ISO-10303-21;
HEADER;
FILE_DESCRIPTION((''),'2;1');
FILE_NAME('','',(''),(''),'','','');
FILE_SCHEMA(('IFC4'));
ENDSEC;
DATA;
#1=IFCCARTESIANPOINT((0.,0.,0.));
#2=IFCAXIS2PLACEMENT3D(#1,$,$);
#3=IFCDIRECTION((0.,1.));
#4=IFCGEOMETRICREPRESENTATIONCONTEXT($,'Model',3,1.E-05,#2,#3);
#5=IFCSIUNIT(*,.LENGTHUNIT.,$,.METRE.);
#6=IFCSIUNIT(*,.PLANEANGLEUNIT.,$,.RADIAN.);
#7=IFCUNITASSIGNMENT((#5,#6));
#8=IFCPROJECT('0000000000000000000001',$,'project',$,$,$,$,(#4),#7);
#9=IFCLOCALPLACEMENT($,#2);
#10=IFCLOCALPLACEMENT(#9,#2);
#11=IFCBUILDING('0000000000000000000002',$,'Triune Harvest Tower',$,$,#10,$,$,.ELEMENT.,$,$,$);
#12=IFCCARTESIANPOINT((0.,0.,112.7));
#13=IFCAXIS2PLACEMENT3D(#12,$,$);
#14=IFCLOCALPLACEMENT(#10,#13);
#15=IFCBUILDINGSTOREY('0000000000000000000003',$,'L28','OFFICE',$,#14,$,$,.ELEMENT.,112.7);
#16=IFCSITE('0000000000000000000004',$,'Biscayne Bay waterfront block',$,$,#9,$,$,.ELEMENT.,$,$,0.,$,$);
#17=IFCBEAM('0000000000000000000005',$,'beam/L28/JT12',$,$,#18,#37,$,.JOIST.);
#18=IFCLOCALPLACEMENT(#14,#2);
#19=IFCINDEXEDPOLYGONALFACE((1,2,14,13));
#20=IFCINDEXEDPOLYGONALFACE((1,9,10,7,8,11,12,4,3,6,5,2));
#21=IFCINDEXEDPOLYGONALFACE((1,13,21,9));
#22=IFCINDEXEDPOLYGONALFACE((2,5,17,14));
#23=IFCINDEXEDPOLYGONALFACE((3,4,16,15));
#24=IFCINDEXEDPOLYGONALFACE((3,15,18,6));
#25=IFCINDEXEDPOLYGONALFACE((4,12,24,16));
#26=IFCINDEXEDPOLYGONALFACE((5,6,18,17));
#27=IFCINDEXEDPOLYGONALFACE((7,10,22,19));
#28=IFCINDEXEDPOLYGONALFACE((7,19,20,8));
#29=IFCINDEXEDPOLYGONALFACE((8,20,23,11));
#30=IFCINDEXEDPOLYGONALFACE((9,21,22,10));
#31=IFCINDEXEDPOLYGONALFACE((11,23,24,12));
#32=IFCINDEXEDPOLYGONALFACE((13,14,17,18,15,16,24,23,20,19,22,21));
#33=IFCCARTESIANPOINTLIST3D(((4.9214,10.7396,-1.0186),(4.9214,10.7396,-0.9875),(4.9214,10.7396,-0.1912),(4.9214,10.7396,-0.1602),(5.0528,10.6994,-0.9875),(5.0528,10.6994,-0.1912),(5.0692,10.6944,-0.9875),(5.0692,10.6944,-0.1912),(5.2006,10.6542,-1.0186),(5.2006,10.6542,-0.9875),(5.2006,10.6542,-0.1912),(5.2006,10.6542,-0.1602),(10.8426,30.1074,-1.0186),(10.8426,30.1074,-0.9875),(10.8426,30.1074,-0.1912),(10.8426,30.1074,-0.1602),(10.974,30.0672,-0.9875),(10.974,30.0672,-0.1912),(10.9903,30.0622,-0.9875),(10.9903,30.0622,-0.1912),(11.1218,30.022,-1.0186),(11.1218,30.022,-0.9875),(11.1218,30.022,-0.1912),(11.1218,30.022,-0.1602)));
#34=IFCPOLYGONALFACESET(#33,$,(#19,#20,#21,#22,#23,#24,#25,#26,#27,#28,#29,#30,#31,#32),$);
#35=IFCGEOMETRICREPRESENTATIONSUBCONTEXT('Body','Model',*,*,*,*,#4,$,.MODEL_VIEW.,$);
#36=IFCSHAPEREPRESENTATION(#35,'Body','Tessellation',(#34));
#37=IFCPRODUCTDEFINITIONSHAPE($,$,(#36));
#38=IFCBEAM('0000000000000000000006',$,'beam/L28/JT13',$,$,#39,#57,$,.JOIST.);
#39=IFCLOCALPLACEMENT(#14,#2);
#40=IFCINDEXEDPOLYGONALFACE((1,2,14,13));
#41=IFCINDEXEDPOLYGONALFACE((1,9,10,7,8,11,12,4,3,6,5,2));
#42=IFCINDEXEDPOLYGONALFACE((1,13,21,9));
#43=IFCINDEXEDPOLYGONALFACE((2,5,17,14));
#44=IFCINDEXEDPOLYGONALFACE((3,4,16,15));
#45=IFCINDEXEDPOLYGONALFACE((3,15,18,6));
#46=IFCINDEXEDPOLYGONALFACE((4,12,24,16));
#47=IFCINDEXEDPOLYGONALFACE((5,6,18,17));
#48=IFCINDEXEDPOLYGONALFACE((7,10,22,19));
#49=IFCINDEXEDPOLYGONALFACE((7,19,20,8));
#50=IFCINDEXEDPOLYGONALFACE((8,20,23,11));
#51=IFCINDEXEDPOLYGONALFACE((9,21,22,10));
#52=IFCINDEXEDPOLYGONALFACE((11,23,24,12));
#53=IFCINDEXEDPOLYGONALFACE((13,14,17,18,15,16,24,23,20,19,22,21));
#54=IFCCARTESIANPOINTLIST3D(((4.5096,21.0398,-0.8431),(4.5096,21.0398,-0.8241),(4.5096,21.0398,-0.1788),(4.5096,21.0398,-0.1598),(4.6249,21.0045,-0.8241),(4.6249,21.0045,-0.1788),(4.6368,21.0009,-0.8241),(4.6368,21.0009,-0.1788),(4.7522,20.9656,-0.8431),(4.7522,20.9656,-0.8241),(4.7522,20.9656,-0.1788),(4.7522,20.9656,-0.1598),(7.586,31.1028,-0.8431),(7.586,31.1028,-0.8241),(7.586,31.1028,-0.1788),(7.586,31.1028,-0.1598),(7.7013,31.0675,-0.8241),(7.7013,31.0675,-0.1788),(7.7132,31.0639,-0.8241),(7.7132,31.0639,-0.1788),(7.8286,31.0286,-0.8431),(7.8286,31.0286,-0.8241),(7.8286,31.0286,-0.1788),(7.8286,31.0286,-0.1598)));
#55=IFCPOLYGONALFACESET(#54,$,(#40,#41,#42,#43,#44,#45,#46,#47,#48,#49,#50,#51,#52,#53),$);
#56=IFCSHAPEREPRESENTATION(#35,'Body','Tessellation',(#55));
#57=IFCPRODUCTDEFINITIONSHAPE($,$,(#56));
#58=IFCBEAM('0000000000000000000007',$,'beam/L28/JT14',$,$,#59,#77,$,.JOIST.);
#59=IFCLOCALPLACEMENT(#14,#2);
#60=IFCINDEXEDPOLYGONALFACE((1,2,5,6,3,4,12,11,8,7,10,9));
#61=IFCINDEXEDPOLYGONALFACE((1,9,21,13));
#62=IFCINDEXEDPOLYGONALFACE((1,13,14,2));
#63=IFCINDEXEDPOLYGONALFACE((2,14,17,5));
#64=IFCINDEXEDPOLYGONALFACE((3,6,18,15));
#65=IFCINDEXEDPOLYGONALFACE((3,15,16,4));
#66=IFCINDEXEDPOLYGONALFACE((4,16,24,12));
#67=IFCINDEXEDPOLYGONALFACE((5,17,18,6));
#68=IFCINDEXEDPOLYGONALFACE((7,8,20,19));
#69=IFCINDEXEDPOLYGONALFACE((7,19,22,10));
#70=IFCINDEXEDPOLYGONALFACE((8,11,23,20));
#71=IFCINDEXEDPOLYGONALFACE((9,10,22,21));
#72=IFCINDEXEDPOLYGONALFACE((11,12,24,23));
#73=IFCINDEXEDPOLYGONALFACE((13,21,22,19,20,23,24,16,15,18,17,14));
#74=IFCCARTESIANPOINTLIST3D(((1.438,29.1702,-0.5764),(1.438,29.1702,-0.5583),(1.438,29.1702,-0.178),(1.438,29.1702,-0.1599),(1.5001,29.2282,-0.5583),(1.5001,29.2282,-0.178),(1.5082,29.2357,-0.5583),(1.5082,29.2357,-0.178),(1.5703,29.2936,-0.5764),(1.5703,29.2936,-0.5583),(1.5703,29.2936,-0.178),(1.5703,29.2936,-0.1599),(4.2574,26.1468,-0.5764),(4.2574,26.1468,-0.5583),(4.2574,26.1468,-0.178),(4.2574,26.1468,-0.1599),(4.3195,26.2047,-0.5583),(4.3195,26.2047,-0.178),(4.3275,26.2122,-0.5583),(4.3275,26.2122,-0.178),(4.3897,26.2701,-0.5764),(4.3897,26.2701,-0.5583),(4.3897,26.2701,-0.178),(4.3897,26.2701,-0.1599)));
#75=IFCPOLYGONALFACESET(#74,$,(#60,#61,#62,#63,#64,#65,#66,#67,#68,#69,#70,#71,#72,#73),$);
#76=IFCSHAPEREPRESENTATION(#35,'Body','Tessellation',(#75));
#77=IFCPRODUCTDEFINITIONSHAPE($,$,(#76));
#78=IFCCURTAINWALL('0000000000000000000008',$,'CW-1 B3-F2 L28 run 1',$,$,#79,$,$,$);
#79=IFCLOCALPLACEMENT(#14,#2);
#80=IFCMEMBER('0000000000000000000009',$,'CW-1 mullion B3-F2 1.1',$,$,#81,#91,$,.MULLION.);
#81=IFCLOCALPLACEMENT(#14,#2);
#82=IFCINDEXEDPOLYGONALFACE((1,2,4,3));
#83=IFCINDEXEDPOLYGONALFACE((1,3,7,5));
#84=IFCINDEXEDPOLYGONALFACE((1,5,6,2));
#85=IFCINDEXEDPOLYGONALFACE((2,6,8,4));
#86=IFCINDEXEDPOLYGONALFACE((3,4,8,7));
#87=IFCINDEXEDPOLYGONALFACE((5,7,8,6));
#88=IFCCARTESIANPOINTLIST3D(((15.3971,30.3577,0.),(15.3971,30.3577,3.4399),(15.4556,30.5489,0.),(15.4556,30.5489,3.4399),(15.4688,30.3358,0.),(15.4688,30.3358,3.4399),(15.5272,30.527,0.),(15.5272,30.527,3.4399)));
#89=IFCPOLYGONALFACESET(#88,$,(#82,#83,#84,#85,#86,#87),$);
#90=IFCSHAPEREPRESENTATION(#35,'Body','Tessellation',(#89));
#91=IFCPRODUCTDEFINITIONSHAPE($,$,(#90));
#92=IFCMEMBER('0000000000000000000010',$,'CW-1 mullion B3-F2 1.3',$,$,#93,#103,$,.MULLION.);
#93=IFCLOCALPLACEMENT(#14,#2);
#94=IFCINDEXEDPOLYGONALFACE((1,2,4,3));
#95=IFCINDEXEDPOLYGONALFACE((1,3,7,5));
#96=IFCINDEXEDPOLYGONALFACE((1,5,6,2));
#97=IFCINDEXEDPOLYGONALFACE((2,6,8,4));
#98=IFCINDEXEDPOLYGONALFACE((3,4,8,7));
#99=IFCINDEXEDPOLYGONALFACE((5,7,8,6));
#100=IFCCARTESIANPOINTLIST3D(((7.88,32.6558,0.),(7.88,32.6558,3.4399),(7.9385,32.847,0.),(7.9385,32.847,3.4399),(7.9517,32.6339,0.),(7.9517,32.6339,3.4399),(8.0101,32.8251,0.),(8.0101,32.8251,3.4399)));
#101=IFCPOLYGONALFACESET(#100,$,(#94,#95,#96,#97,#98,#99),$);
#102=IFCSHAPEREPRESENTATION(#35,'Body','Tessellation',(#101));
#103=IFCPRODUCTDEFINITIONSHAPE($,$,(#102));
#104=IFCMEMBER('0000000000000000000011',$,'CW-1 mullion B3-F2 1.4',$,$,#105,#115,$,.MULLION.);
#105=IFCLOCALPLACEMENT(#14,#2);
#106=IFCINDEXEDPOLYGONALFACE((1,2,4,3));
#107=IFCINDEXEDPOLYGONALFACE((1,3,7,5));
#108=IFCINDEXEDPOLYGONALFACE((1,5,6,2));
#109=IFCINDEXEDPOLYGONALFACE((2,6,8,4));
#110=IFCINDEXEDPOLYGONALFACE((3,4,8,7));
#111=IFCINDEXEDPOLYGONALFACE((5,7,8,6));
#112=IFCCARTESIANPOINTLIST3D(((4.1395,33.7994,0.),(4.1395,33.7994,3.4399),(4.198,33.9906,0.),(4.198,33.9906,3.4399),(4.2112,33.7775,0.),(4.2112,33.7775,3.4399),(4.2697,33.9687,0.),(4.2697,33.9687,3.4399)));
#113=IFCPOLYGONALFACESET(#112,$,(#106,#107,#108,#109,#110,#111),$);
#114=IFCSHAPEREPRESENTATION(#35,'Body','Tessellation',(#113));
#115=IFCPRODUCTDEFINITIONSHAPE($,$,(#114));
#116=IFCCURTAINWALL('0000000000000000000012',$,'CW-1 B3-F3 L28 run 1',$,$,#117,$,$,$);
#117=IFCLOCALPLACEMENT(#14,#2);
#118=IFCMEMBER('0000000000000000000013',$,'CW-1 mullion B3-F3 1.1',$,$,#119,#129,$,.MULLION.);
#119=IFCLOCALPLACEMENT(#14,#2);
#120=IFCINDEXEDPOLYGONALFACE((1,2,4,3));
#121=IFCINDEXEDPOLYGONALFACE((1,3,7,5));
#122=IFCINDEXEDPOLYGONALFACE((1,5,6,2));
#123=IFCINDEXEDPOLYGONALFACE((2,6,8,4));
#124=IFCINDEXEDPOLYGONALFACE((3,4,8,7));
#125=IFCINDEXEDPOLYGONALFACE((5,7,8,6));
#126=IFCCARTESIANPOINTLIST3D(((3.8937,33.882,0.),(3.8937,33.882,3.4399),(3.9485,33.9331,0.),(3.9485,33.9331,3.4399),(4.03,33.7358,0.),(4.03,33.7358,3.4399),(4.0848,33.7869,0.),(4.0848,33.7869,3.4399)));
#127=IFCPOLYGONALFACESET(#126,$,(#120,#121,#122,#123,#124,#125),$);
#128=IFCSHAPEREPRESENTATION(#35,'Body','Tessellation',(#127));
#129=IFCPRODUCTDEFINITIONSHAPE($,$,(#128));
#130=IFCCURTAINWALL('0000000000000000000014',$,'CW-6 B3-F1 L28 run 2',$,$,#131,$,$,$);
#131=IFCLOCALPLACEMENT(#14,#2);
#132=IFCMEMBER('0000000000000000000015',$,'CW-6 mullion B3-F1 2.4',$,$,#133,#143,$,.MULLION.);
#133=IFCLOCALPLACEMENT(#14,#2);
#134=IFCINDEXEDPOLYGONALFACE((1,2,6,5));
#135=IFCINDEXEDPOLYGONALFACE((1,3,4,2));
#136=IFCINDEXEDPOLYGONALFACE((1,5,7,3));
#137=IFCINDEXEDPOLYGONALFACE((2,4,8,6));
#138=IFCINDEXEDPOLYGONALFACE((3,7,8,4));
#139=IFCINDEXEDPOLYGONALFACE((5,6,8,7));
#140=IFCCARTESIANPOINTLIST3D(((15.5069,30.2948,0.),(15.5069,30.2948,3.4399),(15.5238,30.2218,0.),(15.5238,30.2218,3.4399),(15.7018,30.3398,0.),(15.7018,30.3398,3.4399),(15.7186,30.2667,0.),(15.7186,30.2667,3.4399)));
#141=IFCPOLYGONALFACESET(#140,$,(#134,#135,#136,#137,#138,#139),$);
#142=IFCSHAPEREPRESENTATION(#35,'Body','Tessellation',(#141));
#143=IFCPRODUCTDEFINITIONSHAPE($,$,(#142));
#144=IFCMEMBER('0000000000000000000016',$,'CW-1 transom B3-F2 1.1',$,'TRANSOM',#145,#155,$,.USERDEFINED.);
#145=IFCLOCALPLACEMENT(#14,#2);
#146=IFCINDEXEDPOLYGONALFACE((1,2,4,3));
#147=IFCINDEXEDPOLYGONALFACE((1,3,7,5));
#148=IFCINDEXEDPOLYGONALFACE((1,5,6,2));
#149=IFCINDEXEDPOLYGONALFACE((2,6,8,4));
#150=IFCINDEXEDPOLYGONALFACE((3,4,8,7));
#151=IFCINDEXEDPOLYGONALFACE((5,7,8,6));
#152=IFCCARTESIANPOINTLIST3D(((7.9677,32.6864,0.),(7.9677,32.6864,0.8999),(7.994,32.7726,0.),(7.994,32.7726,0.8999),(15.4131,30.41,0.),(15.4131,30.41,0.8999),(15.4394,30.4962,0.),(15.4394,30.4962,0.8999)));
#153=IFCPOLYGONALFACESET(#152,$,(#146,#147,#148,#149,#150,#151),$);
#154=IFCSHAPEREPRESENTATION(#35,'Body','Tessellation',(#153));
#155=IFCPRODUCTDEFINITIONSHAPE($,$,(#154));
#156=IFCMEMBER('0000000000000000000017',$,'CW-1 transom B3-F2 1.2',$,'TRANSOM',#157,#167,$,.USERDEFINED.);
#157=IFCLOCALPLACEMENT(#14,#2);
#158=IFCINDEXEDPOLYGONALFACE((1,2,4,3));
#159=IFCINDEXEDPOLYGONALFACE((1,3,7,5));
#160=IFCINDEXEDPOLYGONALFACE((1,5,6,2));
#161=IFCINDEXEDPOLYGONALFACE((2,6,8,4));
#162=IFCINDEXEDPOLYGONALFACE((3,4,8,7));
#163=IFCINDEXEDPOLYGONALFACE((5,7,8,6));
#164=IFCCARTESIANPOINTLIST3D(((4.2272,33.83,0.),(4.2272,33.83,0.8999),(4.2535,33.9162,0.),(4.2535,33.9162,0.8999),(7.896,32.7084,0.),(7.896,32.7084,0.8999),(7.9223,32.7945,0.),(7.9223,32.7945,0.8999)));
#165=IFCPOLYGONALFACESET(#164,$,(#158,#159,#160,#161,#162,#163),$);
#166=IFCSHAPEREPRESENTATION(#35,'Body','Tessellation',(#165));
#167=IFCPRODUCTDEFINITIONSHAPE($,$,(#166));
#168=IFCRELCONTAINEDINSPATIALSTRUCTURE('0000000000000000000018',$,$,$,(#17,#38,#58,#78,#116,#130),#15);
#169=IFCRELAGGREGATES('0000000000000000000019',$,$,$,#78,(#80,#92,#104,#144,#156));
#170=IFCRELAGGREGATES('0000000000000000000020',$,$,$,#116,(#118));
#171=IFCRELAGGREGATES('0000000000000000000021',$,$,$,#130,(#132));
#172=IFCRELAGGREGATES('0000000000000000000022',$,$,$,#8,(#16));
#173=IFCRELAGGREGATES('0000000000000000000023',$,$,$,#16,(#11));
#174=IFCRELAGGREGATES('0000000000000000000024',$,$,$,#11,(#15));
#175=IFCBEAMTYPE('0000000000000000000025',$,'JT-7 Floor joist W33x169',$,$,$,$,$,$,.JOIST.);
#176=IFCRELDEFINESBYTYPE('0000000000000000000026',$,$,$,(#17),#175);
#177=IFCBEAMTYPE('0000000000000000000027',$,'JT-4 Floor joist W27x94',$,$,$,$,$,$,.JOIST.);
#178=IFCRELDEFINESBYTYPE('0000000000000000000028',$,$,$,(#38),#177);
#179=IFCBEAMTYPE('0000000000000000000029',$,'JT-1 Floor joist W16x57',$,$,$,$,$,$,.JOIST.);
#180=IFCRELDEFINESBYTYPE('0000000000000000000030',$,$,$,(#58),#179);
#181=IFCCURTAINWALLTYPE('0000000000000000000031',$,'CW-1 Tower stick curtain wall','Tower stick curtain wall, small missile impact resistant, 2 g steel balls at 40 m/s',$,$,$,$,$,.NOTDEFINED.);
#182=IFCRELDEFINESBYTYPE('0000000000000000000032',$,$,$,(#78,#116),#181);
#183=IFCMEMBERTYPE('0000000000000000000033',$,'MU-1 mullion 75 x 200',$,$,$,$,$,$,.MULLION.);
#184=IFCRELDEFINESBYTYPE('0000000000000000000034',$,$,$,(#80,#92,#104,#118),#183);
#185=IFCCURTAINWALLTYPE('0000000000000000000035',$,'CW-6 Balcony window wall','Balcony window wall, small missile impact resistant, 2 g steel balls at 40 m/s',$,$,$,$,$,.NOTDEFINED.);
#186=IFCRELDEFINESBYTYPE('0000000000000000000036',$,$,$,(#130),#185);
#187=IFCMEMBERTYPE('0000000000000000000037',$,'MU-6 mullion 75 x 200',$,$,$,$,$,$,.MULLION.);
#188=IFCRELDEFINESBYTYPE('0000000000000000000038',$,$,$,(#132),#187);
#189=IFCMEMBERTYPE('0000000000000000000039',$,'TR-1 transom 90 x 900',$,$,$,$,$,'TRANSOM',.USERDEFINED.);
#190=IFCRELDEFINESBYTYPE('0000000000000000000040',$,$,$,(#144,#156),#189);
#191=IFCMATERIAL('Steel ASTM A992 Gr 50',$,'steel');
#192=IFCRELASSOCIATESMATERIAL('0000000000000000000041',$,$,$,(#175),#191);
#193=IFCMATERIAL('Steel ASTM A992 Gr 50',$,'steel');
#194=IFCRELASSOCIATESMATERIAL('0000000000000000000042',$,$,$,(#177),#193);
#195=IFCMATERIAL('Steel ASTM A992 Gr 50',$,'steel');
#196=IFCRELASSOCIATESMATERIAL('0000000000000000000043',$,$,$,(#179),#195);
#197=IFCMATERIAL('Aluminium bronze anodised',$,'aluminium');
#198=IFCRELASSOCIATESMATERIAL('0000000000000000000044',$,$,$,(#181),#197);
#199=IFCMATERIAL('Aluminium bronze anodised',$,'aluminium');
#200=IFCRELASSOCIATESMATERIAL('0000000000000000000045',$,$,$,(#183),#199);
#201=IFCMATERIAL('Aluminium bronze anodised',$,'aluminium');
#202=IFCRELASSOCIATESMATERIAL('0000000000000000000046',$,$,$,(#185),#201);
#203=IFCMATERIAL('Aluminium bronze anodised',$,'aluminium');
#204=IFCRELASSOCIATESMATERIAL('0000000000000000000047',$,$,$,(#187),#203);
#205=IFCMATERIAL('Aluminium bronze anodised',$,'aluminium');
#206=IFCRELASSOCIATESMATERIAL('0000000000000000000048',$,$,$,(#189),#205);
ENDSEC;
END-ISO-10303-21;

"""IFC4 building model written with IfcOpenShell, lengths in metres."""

from ifc_helpers import new_model, si_unit, direction, frame, origin, origin_2d, place, context, subcontext, project, spatial, rectangle, i_section, extrude, source, transform, mapped, material, material_profile, profile_set, type_object, element, aggregate, save


model = new_model("IFC4")

# Units and contexts
model_context = context("Model", 3, precision=1e-05, world=origin(), true_north=direction((0.0, 1.0)))
body_context = subcontext(model_context, "Body", "Model", "MODEL_VIEW")
ifc_project = project(units=[si_unit("LENGTHUNIT", "METRE"), si_unit("PLANEANGLEUNIT", "RADIAN")], contexts=[model_context])

# Site, building, storey
site_placement = place(None, origin())
site = spatial("IfcSite", under=ifc_project, at=site_placement, Name="Biscayne Bay waterfront block", CompositionType="ELEMENT", RefElevation=0.0)
building_placement = place(site_placement, origin())
building = spatial("IfcBuilding", under=site, at=building_placement, Name="Triune Harvest Tower", CompositionType="ELEMENT")
storey_placement = place(building_placement, frame((0.0, 0.0, 112.7)))
storey = spatial("IfcBuildingStorey", under=building, at=storey_placement, Name="L28", Description="OFFICE", CompositionType="ELEMENT", Elevation=112.7)

# Beams
ifc_material_1 = material(Name="Steel ASTM A992 Gr 50", Category="steel")
ifc_material_profile_1 = material_profile(ifc_material_1, i_section(OverallWidth=0.292, OverallDepth=0.8584, WebThickness=0.0171, FlangeThickness=0.031, at=origin_2d()), Name="W33x169")
ifc_profile_set_1 = profile_set([ifc_material_profile_1], Name="Steel ASTM A992 Gr 50")
beam_type_1 = type_object("IfcBeamType", Name="JT-7 Floor joist W33x169", PredefinedType="JOIST", material=ifc_profile_set_1)
shared_shape_1 = source(origin(), body_context, "Body", "SweptSolid", [
    extrude(i_section(OverallWidth=0.292, OverallDepth=0.8584, WebThickness=0.0171, FlangeThickness=0.031, at=origin_2d()), origin(), (0.0, 0.0, 1.0), 20.2527),
])
beam_1_placement = place(storey_placement, frame((10.9822, 30.0647, -0.5894), z_axis=(-0.292365, -0.956307, 0.0), x_axis=(0.956307, -0.292365, 0.0)))
element("IfcBeam", 1, at=beam_1_placement, inside=storey, type_object=beam_type_1, Name="beam/L28/JT12", PredefinedType="JOIST", context=body_context, shape_type="MappedRepresentation", body=[
    mapped(shared_shape_1, transform((0.0, 0.0, 0.0), scale=1.0)),
])
ifc_material_2 = material(Name="Steel ASTM A992 Gr 50", Category="steel")
ifc_material_profile_2 = material_profile(ifc_material_2, i_section(OverallWidth=0.2537, OverallDepth=0.6833, WebThickness=0.0125, FlangeThickness=0.019, at=origin_2d()), Name="W27x94")
ifc_profile_set_2 = profile_set([ifc_material_profile_2], Name="Steel ASTM A992 Gr 50")
beam_type_2 = type_object("IfcBeamType", Name="JT-4 Floor joist W27x94", PredefinedType="JOIST", material=ifc_profile_set_2)
shared_shape_2 = source(origin(), body_context, "Body", "SweptSolid", [
    extrude(i_section(OverallWidth=0.2537, OverallDepth=0.6833, WebThickness=0.0125, FlangeThickness=0.019, at=origin_2d()), origin(), (0.0, 0.0, 1.0), 10.5227),
])
beam_2_placement = place(storey_placement, frame((7.7073, 31.0657, -0.5015), z_axis=(-0.292359, -0.956309, 0.0), x_axis=(0.956309, -0.292359, 0.0)))
element("IfcBeam", 2, at=beam_2_placement, inside=storey, type_object=beam_type_2, Name="beam/L28/JT13", PredefinedType="JOIST", context=body_context, shape_type="MappedRepresentation", body=[
    mapped(shared_shape_2, transform((0.0, 0.0, 0.0), scale=1.0)),
])
ifc_material_3 = material(Name="Steel ASTM A992 Gr 50", Category="steel")
ifc_material_profile_3 = material_profile(ifc_material_3, i_section(OverallWidth=0.1809, OverallDepth=0.4165, WebThickness=0.011, FlangeThickness=0.0181, at=origin_2d()), Name="W16x57")
ifc_profile_set_3 = profile_set([ifc_material_profile_3], Name="Steel ASTM A992 Gr 50")
beam_type_3 = type_object("IfcBeamType", Name="JT-1 Floor joist W16x57", PredefinedType="JOIST", material=ifc_profile_set_3)
shared_shape_3 = source(origin(), body_context, "Body", "SweptSolid", [
    extrude(i_section(OverallWidth=0.1809, OverallDepth=0.4165, WebThickness=0.011, FlangeThickness=0.0181, at=origin_2d()), origin(), (0.0, 0.0, 1.0), 4.134),
])
beam_3_placement = place(storey_placement, frame((1.5042, 29.2319, -0.3682), z_axis=(0.68199, -0.731362, 0.0), x_axis=(0.731362, 0.68199, 0.0)))
element("IfcBeam", 3, at=beam_3_placement, inside=storey, type_object=beam_type_3, Name="beam/L28/JT14", PredefinedType="JOIST", context=body_context, shape_type="MappedRepresentation", body=[
    mapped(shared_shape_3, transform((0.0, 0.0, 0.0), scale=1.0)),
])

# Curtain wall, members
ifc_material_4 = material(Name="Aluminium bronze anodised", Category="aluminium")
curtain_wall_type_1 = type_object("IfcCurtainWallType", Name="CW-1 Tower stick curtain wall", Description="Tower stick curtain wall, small missile impact resistant, 2 g steel balls at 40 m/s", PredefinedType="NOTDEFINED", material=ifc_material_4)
curtain_wall_1_placement = place(storey_placement, origin())
curtain_wall_1 = element("IfcCurtainWall", 4, at=curtain_wall_1_placement, inside=storey, type_object=curtain_wall_type_1, Name="CW-1 B3-F2 L28 run 1")
ifc_material_5 = material(Name="Aluminium bronze anodised", Category="aluminium")
ifc_material_profile_4 = material_profile(ifc_material_5, rectangle(XDim=0.2, YDim=0.075, at=origin_2d()), Name="MU-1 mullion 75 x 200")
ifc_profile_set_4 = profile_set([ifc_material_profile_4], Name="Aluminium bronze anodised")
member_type_1 = type_object("IfcMemberType", Name="MU-1 mullion 75 x 200", PredefinedType="MULLION", material=ifc_profile_set_4)
shared_shape_4 = source(origin(), body_context, "Body", "SweptSolid", [
    extrude(rectangle(XDim=0.2, YDim=0.075, at=origin_2d()), origin(), (0.0, 0.0, 1.0), 3.4399),
])
member_1_placement = place(storey_placement, frame((15.4622, 30.4424, 0.0), z_axis=(0.0, 0.0, 1.0), x_axis=(-0.292377, -0.956303, 0.0)))
member_1 = element("IfcMember", 5, at=member_1_placement, type_object=member_type_1, Name="CW-1 mullion B3-F2 1.1", PredefinedType="MULLION", context=body_context, shape_type="MappedRepresentation", body=[
    mapped(shared_shape_4, transform((0.0, 0.0, 0.0), scale=1.0)),
])
member_2_placement = place(storey_placement, frame((7.9451, 32.7405, 0.0), z_axis=(0.0, 0.0, 1.0), x_axis=(-0.292377, -0.956303, 0.0)))
member_2 = element("IfcMember", 6, at=member_2_placement, type_object=member_type_1, Name="CW-1 mullion B3-F2 1.3", PredefinedType="MULLION", context=body_context, shape_type="MappedRepresentation", body=[
    mapped(shared_shape_4, transform((0.0, 0.0, 0.0), scale=1.0)),
])
member_3_placement = place(storey_placement, frame((4.2046, 33.884, 0.0), z_axis=(0.0, 0.0, 1.0), x_axis=(-0.292377, -0.956303, 0.0)))
member_3 = element("IfcMember", 7, at=member_3_placement, type_object=member_type_1, Name="CW-1 mullion B3-F2 1.4", PredefinedType="MULLION", context=body_context, shape_type="MappedRepresentation", body=[
    mapped(shared_shape_4, transform((0.0, 0.0, 0.0), scale=1.0)),
])

# Curtain walls, members
curtain_wall_2_placement = place(storey_placement, origin())
curtain_wall_2 = element("IfcCurtainWall", 8, at=curtain_wall_2_placement, inside=storey, type_object=curtain_wall_type_1, Name="CW-1 B3-F3 L28 run 1")
member_4_placement = place(storey_placement, frame((3.9893, 33.8345, 0.0), z_axis=(0.0, 0.0, 1.0), x_axis=(0.681998, -0.731354, 0.0)))
member_4 = element("IfcMember", 9, at=member_4_placement, type_object=member_type_1, Name="CW-1 mullion B3-F3 1.1", PredefinedType="MULLION", context=body_context, shape_type="MappedRepresentation", body=[
    mapped(shared_shape_4, transform((0.0, 0.0, 0.0), scale=1.0)),
])
ifc_material_6 = material(Name="Aluminium bronze anodised", Category="aluminium")
curtain_wall_type_2 = type_object("IfcCurtainWallType", Name="CW-6 Balcony window wall", Description="Balcony window wall, small missile impact resistant, 2 g steel balls at 40 m/s", PredefinedType="NOTDEFINED", material=ifc_material_6)
curtain_wall_3_placement = place(storey_placement, origin())
curtain_wall_3 = element("IfcCurtainWall", 10, at=curtain_wall_3_placement, inside=storey, type_object=curtain_wall_type_2, Name="CW-6 B3-F1 L28 run 2")
ifc_material_7 = material(Name="Aluminium bronze anodised", Category="aluminium")
ifc_material_profile_5 = material_profile(ifc_material_7, rectangle(XDim=0.2, YDim=0.075, at=origin_2d()), Name="MU-6 mullion 75 x 200")
ifc_profile_set_5 = profile_set([ifc_material_profile_5], Name="Aluminium bronze anodised")
member_type_2 = type_object("IfcMemberType", Name="MU-6 mullion 75 x 200", PredefinedType="MULLION", material=ifc_profile_set_5)
shared_shape_5 = source(origin(), body_context, "Body", "SweptSolid", [
    extrude(rectangle(XDim=0.2, YDim=0.075, at=origin_2d()), origin(), (0.0, 0.0, 1.0), 3.4399),
])
member_5_placement = place(storey_placement, frame((15.6128, 30.2808, 0.0), z_axis=(0.0, 0.0, 1.0), x_axis=(-0.97437, -0.224951, 0.0)))
member_5 = element("IfcMember", 11, at=member_5_placement, type_object=member_type_2, Name="CW-6 mullion B3-F1 2.4", PredefinedType="MULLION", context=body_context, shape_type="MappedRepresentation", body=[
    mapped(shared_shape_5, transform((0.0, 0.0, 0.0), scale=1.0)),
])

# Members
ifc_material_8 = material(Name="Aluminium bronze anodised", Category="aluminium")
ifc_material_profile_6 = material_profile(ifc_material_8, rectangle(XDim=0.0901, YDim=0.8999, at=origin_2d()), Name="TR-1 transom 90 x 900")
ifc_profile_set_6 = profile_set([ifc_material_profile_6], Name="Aluminium bronze anodised")
member_type_3 = type_object("IfcMemberType", Name="TR-1 transom 90 x 900", ElementType="TRANSOM", PredefinedType="USERDEFINED", material=ifc_profile_set_6)
shared_shape_6 = source(origin(), body_context, "Body", "SweptSolid", [
    extrude(rectangle(XDim=0.0901, YDim=0.8999, at=origin_2d()), origin(), (0.0, 0.0, 1.0), 7.7856),
])
member_6_placement = place(storey_placement, frame((15.4263, 30.4531, 0.45), z_axis=(-0.956301, 0.292384, 0.0), x_axis=(-0.292384, -0.956301, 0.0)))
member_6 = element("IfcMember", 12, at=member_6_placement, type_object=member_type_3, Name="CW-1 transom B3-F2 1.1", ObjectType="TRANSOM", PredefinedType="USERDEFINED", context=body_context, shape_type="MappedRepresentation", body=[
    mapped(shared_shape_6, transform((0.0, 0.0, 0.0), scale=1.0)),
])
shared_shape_7 = source(origin(), body_context, "Body", "SweptSolid", [
    extrude(rectangle(XDim=0.0901, YDim=0.8999, at=origin_2d()), origin(), (0.0, 0.0, 1.0), 3.8364),
])
member_7_placement = place(storey_placement, frame((7.9092, 32.7515, 0.45), z_axis=(-0.956309, 0.292359, 0.0), x_axis=(-0.292359, -0.956309, 0.0)))
member_7 = element("IfcMember", 13, at=member_7_placement, type_object=member_type_3, Name="CW-1 transom B3-F2 1.2", ObjectType="TRANSOM", PredefinedType="USERDEFINED", context=body_context, shape_type="MappedRepresentation", body=[
    mapped(shared_shape_7, transform((0.0, 0.0, 0.0), scale=1.0)),
])

aggregate(curtain_wall_1, [member_1, member_2, member_3, member_6, member_7])
aggregate(curtain_wall_2, [member_4])
aggregate(curtain_wall_3, [member_5])

save(model, "model.ifc")
